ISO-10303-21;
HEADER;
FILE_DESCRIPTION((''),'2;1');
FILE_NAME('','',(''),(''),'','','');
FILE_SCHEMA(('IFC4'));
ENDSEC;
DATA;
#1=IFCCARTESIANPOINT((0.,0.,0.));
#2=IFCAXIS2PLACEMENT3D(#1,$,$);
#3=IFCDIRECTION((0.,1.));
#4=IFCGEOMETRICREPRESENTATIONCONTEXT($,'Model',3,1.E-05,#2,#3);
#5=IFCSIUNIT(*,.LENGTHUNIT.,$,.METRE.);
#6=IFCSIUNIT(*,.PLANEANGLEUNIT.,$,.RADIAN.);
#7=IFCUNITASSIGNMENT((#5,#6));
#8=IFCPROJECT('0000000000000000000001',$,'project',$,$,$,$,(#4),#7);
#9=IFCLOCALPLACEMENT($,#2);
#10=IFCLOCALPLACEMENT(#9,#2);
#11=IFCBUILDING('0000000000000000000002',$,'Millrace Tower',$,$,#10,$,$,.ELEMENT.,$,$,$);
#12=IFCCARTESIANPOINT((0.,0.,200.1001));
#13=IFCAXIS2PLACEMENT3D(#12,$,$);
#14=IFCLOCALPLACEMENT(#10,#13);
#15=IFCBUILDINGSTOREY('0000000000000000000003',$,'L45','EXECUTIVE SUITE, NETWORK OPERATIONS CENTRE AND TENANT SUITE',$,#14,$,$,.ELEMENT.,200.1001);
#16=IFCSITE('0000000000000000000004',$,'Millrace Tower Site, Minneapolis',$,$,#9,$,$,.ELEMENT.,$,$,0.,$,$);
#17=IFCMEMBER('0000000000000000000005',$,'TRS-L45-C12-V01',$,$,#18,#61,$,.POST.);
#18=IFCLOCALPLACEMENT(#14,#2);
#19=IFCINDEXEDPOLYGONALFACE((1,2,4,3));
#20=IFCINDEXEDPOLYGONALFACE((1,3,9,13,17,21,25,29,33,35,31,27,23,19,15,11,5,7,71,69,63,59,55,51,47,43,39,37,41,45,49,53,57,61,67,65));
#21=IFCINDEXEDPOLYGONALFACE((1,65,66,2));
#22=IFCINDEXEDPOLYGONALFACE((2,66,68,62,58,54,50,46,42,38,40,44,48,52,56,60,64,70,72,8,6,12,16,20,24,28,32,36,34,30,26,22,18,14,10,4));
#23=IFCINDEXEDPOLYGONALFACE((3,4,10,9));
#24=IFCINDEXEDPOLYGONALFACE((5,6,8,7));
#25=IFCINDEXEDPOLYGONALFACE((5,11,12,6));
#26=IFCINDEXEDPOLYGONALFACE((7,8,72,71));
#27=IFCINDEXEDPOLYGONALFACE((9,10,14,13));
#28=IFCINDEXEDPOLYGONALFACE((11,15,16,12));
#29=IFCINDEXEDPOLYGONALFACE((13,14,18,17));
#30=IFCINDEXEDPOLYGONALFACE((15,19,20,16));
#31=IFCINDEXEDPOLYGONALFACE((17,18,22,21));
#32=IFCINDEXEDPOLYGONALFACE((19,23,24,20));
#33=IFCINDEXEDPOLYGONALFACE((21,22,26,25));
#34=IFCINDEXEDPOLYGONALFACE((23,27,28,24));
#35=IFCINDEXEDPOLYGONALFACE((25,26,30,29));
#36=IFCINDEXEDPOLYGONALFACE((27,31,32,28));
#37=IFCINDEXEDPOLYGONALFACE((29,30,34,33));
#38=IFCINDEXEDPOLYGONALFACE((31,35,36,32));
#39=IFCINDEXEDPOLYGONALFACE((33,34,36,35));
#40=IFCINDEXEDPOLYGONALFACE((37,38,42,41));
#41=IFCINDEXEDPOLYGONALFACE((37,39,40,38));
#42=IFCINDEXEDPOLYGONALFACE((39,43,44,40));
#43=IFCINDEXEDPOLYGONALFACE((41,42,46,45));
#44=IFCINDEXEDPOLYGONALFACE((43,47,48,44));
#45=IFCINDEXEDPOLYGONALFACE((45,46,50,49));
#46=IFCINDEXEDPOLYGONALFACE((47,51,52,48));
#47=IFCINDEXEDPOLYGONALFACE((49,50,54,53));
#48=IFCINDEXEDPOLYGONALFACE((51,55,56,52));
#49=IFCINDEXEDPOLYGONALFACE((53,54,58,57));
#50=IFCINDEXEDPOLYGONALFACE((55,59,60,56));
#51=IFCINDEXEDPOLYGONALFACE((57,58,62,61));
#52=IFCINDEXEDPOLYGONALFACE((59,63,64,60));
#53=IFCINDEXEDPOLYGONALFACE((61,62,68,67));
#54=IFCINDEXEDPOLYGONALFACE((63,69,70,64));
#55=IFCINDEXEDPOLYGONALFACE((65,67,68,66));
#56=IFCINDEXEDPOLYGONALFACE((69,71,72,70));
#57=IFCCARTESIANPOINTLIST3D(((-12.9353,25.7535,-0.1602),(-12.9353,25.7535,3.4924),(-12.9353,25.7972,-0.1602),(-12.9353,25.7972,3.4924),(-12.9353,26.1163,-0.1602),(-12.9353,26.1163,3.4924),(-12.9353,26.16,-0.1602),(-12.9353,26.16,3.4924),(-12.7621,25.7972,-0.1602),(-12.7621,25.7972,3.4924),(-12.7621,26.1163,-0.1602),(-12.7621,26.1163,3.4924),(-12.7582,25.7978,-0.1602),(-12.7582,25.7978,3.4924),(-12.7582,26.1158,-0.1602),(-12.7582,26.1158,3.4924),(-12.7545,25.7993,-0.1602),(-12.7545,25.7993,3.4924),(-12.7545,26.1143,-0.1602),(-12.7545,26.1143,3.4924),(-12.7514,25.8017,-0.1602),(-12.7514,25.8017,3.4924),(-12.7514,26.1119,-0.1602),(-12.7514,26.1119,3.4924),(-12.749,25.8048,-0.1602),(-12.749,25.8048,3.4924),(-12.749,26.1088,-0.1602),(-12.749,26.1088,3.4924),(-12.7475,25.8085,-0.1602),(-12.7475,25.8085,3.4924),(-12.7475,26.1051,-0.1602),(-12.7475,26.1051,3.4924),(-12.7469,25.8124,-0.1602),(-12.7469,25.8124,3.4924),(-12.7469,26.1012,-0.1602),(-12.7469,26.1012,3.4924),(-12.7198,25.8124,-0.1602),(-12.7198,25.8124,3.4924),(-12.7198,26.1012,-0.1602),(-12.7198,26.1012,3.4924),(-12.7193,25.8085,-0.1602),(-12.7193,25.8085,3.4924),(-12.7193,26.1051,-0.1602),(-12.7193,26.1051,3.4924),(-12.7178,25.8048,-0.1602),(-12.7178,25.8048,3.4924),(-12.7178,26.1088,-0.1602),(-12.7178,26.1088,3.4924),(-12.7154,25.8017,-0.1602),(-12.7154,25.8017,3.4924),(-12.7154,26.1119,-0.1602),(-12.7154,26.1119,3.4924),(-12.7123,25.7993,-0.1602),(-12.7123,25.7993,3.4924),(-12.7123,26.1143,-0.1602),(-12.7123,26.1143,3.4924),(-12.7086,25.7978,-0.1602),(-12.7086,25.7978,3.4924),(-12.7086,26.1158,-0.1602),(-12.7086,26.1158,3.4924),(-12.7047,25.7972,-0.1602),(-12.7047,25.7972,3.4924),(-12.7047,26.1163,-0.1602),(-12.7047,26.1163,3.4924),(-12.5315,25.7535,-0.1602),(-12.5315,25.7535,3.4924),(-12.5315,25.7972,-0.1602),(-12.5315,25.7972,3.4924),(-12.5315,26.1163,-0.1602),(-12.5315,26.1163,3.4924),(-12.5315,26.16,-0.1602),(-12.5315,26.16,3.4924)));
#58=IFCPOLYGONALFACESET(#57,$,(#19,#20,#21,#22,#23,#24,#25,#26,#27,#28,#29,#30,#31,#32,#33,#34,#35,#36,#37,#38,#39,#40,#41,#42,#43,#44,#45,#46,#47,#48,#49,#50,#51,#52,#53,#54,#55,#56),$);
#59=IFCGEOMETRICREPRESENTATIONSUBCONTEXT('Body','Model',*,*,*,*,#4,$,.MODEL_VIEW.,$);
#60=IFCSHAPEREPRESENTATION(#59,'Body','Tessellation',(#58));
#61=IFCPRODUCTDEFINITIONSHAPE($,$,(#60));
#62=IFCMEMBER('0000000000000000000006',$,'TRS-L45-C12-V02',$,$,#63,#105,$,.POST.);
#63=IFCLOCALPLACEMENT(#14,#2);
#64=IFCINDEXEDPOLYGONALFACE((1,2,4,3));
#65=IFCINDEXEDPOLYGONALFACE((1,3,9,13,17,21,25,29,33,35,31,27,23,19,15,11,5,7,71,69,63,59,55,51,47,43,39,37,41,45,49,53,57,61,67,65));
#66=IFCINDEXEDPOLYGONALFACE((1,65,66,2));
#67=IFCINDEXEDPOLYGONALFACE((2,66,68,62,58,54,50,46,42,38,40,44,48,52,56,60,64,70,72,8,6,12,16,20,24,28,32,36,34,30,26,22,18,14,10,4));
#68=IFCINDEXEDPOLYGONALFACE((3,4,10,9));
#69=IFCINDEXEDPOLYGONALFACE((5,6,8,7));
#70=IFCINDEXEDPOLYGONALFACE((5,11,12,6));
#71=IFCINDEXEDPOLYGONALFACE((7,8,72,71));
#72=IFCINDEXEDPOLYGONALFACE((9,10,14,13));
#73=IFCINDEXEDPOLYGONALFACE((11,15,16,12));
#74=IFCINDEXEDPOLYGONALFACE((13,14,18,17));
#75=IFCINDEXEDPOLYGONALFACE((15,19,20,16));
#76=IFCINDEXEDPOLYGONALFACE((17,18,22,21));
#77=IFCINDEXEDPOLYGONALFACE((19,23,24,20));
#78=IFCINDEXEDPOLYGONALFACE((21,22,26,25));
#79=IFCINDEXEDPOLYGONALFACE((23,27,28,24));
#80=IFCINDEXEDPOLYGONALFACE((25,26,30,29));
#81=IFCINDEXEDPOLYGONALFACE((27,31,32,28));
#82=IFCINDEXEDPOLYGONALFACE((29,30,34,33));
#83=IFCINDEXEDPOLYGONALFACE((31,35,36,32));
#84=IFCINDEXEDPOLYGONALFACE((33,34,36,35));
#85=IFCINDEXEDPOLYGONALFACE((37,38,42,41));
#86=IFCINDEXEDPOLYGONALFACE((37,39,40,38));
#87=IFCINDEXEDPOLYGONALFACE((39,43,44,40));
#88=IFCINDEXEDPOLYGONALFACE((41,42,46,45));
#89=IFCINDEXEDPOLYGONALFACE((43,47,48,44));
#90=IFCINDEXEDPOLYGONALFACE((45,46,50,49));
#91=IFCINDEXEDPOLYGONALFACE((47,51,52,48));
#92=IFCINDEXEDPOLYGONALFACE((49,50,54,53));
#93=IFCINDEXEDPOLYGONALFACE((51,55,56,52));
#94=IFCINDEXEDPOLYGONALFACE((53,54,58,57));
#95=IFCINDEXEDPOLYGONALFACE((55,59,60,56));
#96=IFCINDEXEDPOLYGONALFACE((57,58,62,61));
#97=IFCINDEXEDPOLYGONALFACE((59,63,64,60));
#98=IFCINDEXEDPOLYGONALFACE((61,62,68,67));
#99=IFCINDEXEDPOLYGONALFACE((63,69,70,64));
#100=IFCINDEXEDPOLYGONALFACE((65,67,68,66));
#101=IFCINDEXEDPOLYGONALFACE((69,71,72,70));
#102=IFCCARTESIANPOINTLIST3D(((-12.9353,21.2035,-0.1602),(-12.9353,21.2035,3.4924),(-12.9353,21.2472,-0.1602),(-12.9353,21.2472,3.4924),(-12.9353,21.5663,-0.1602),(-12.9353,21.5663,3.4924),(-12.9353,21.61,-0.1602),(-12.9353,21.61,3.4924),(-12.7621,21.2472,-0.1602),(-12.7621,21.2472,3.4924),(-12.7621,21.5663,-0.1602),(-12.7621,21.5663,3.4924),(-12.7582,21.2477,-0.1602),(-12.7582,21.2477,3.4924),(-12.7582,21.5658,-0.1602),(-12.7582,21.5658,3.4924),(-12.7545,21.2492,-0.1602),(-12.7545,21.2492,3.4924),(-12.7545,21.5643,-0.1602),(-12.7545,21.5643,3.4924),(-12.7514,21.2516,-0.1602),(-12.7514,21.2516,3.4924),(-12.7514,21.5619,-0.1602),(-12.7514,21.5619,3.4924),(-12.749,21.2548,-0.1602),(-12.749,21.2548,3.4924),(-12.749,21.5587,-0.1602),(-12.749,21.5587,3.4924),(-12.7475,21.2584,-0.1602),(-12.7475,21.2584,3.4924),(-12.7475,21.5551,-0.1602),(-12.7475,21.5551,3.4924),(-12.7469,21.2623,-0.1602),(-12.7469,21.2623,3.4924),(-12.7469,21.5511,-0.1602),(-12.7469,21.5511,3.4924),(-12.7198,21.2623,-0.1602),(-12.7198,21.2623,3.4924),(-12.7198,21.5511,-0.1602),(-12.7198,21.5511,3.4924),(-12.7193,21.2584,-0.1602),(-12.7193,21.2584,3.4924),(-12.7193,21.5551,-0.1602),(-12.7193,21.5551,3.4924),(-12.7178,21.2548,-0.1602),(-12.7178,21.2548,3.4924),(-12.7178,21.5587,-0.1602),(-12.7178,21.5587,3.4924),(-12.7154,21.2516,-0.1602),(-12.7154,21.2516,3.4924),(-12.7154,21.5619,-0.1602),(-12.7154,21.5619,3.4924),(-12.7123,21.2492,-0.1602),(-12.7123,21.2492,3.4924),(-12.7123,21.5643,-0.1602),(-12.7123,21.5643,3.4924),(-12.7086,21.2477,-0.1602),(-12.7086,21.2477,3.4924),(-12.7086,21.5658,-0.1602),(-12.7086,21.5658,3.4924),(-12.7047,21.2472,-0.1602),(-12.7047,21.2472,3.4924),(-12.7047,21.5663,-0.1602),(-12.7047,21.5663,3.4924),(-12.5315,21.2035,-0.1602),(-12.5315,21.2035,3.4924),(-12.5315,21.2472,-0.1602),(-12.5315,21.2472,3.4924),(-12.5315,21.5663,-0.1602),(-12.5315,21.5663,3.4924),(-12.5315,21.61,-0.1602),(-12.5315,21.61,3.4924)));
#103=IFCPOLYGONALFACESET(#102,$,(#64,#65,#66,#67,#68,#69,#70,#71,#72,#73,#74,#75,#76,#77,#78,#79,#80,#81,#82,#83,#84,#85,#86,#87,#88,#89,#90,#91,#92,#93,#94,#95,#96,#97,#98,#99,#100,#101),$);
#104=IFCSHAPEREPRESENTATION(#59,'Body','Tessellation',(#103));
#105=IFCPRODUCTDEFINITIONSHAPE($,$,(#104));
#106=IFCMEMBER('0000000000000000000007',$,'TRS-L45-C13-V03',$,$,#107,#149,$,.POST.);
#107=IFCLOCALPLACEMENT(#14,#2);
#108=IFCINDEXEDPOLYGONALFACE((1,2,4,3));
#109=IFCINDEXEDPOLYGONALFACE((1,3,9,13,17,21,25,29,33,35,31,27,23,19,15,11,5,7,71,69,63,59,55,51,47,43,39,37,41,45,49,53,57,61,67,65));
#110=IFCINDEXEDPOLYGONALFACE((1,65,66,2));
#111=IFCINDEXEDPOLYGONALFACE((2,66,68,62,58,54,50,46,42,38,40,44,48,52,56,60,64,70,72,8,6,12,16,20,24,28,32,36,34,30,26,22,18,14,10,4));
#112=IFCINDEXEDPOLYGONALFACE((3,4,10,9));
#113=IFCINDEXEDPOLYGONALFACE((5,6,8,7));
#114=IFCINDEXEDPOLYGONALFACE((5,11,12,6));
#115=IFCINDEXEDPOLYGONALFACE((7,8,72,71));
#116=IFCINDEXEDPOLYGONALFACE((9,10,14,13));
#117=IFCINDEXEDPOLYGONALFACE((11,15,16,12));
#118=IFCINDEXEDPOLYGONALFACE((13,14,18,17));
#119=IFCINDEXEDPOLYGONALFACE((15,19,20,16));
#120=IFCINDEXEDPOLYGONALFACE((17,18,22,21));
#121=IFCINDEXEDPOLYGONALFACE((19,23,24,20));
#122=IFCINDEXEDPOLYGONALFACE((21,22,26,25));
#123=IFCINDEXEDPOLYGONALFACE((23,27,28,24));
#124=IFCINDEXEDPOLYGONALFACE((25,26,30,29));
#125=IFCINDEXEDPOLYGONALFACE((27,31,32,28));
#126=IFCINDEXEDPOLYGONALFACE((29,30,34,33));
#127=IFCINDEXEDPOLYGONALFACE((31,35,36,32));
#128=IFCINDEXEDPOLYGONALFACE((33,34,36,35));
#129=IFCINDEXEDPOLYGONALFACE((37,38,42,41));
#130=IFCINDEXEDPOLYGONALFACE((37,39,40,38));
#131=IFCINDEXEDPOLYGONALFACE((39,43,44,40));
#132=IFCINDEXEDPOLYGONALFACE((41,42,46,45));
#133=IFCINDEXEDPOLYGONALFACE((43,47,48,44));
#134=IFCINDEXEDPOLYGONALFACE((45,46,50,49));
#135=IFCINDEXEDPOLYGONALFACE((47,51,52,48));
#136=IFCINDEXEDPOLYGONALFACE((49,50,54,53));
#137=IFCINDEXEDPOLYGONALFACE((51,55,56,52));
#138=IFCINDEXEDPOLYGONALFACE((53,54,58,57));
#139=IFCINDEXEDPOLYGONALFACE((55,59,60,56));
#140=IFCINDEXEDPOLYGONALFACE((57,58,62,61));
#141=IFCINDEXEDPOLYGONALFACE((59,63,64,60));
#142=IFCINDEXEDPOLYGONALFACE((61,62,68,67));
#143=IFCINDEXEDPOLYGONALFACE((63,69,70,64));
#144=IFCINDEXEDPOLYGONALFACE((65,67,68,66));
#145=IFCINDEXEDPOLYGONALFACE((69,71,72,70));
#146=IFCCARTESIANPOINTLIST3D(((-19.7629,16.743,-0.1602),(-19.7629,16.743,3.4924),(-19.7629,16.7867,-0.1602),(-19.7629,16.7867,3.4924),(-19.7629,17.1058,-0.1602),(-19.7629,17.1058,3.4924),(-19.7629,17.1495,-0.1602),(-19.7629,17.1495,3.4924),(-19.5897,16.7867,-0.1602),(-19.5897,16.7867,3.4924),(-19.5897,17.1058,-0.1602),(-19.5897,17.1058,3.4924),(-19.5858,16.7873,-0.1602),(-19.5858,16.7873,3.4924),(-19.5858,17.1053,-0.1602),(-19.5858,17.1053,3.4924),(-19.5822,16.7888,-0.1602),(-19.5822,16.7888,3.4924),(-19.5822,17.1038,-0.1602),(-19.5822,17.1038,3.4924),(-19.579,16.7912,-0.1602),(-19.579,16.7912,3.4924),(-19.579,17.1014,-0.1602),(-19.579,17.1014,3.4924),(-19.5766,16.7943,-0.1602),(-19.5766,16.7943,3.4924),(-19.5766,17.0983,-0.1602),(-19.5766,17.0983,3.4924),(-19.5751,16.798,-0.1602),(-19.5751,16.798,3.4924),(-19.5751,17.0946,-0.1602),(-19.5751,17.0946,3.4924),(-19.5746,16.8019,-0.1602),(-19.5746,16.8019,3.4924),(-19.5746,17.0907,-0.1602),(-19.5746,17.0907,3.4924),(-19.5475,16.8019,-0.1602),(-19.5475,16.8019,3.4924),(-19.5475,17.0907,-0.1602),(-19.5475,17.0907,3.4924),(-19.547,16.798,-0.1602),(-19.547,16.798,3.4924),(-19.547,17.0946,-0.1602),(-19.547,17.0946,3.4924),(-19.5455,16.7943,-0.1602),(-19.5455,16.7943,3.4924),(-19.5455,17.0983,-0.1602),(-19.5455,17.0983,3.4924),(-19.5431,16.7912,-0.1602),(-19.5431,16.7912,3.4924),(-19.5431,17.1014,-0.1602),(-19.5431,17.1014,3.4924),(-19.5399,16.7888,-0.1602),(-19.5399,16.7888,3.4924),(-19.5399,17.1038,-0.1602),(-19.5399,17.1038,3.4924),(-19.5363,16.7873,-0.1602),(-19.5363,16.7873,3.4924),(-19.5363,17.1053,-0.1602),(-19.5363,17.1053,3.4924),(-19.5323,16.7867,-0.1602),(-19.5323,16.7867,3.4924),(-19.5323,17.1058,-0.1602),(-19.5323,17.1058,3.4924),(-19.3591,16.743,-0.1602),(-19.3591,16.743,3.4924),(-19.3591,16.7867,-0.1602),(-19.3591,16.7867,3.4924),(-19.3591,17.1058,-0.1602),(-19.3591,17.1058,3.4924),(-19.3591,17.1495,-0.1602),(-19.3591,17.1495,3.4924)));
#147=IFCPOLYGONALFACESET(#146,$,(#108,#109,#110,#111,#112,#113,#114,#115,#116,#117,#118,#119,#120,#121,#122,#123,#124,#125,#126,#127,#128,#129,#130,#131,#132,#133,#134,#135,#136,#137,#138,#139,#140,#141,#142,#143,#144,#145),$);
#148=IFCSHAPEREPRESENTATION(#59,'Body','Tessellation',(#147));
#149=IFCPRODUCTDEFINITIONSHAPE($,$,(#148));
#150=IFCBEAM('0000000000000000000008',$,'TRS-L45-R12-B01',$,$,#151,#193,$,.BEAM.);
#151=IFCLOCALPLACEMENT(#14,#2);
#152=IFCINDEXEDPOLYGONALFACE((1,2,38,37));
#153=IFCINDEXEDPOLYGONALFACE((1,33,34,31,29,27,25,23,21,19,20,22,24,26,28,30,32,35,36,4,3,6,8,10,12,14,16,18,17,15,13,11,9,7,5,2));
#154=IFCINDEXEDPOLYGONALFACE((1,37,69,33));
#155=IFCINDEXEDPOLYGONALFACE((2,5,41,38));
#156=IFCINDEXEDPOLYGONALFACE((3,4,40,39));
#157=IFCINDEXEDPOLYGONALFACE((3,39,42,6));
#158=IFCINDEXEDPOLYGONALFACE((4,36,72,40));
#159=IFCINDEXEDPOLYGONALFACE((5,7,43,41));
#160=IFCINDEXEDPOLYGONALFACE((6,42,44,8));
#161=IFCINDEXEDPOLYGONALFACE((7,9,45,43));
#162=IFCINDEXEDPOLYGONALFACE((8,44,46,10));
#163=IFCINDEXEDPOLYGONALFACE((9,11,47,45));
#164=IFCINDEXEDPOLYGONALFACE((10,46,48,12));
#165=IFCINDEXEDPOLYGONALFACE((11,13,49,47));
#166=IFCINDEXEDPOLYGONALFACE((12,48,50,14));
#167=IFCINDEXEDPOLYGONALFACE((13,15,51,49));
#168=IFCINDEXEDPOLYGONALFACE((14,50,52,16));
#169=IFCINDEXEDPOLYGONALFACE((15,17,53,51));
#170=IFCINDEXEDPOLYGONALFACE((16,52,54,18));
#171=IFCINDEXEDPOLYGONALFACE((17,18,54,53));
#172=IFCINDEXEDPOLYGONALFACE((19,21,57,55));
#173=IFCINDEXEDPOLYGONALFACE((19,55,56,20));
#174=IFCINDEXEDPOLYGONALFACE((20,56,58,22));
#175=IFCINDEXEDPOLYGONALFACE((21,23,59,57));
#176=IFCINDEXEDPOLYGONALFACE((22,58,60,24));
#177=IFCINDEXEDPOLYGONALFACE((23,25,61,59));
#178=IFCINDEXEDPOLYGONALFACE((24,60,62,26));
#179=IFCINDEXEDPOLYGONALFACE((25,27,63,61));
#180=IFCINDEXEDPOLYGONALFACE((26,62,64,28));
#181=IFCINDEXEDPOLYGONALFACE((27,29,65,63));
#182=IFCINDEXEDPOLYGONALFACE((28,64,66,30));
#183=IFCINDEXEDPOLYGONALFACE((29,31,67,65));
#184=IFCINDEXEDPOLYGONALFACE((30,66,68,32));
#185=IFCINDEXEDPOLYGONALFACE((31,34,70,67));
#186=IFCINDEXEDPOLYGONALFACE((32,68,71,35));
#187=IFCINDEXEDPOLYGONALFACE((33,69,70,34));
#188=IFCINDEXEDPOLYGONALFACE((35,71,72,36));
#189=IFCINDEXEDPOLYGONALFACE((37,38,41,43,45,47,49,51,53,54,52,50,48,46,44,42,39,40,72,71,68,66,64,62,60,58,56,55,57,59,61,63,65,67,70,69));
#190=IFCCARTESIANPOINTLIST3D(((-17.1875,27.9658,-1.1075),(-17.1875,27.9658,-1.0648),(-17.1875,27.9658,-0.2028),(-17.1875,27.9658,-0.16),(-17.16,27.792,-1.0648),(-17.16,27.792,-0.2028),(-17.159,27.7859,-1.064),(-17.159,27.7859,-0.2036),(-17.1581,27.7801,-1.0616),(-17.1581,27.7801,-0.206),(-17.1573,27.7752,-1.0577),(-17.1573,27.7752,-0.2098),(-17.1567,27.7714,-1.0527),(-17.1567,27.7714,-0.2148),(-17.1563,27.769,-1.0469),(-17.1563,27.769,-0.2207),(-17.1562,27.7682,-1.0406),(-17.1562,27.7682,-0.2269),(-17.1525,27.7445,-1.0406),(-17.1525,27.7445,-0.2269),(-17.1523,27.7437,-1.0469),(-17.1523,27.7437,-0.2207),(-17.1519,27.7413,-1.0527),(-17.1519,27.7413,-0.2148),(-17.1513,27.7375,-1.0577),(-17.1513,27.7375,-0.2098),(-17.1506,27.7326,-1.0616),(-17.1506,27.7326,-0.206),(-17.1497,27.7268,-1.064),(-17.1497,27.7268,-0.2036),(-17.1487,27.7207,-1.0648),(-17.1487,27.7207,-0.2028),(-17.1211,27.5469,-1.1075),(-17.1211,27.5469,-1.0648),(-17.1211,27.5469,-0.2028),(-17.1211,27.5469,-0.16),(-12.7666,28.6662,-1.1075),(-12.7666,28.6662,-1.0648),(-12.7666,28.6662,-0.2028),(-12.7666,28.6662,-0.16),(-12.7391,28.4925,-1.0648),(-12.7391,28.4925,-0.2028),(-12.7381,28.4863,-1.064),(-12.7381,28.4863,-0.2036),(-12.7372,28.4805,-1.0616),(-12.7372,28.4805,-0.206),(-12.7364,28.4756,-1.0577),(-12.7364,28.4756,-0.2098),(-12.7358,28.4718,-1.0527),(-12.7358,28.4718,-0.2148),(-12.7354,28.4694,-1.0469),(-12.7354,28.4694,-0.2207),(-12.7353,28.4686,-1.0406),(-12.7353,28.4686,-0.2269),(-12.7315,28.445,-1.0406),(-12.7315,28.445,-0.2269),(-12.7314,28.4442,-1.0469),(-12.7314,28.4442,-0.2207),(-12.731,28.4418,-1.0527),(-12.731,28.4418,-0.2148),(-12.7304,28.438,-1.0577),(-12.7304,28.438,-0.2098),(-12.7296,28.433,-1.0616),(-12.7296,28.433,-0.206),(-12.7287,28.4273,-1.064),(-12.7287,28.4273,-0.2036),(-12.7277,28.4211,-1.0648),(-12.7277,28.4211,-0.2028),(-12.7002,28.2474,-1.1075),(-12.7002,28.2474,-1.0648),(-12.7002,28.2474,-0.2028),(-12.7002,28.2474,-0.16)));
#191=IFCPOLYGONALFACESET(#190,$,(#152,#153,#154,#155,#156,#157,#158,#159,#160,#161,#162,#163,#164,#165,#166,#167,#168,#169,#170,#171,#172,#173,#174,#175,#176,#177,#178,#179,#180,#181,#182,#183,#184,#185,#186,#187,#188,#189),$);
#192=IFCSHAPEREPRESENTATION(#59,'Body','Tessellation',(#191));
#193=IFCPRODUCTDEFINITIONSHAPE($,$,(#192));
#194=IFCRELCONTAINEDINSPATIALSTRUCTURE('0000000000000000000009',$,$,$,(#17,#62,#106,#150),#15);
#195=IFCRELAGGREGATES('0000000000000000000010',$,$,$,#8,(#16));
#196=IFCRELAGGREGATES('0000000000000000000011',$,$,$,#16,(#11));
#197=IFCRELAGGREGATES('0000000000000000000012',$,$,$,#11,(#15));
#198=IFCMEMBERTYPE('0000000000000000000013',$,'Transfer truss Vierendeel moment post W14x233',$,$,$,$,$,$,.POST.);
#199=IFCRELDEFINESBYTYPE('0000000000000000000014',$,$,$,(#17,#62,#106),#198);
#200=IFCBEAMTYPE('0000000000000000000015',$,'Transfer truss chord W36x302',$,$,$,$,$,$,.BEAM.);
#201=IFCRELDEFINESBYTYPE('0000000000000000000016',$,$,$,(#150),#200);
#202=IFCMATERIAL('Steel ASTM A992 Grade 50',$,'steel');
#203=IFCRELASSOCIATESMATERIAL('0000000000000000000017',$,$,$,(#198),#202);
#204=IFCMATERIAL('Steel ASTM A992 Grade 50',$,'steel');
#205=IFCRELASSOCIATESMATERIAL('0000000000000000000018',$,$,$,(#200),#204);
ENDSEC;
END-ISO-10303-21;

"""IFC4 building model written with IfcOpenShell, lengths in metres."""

from ifc_helpers import new_model, si_unit, direction, frame, origin, origin_2d, place, context, subcontext, project, spatial, i_section, extrude, material, material_profile, profile_set, type_object, element, save


model = new_model("IFC4")

# Units and contexts
model_context = context("Model", 3, precision=1e-05, world=origin(), true_north=direction((0.0, 1.0)))
body_context = subcontext(model_context, "Body", "Model", "MODEL_VIEW")
ifc_project = project(units=[si_unit("LENGTHUNIT", "METRE"), si_unit("PLANEANGLEUNIT", "RADIAN")], contexts=[model_context])

# Site, building, storey
site_placement = place(None, origin())
site = spatial("IfcSite", under=ifc_project, at=site_placement, Name="Millrace Tower Site, Minneapolis", CompositionType="ELEMENT", RefElevation=0.0)
building_placement = place(site_placement, origin())
building = spatial("IfcBuilding", under=site, at=building_placement, Name="Millrace Tower", CompositionType="ELEMENT")
storey_placement = place(building_placement, frame((0.0, 0.0, 200.1001)))
storey = spatial("IfcBuildingStorey", under=building, at=storey_placement, Name="L45", Description="EXECUTIVE SUITE, NETWORK OPERATIONS CENTRE AND TENANT SUITE", CompositionType="ELEMENT", Elevation=200.1001)

# Members
ifc_material_1 = material(Name="Steel ASTM A992 Grade 50", Category="steel")
ifc_material_profile_1 = material_profile(ifc_material_1, i_section(OverallWidth=0.4038, OverallDepth=0.4065, WebThickness=0.0271, FlangeThickness=0.0437, FilletRadius=0.0151, at=origin_2d()))
ifc_profile_set_1 = profile_set([ifc_material_profile_1], Name="Steel ASTM A992 Grade 50")
member_type_1 = type_object("IfcMemberType", Name="Transfer truss Vierendeel moment post W14x233", PredefinedType="POST", material=ifc_profile_set_1)
for number, where, z_axis, x_axis, name in (
    (1, (-12.7334, 25.9568, -0.1602), (0.0, 0.0, 1.0), (1.0, 0.0, 0.0), "TRS-L45-C12-V01"),
    (2, (-12.7334, 21.4067, -0.1602), (0.0, 0.0, 1.0), (1.0, 0.0, 0.0), "TRS-L45-C12-V02"),
    (3, (-19.561, 16.9463, -0.1602), (0.0, 0.0, 1.0), (1.0, 0.0, 0.0), "TRS-L45-C13-V03"),
):
    element("IfcMember", number, at=place(storey_placement, frame(where, z_axis=z_axis, x_axis=x_axis)), inside=storey, type_object=member_type_1, Name=name, PredefinedType="POST", context=body_context, shape_type="SweptSolid", body=[
        extrude(i_section(OverallWidth=0.4038, OverallDepth=0.4065, WebThickness=0.0271, FlangeThickness=0.0437, FilletRadius=0.0151, at=origin_2d()), origin(), (0.0, 0.0, 1.0), 3.6526),
    ])

# Beam
ifc_material_2 = material(Name="Steel ASTM A992 Grade 50", Category="steel")
ifc_material_profile_2 = material_profile(ifc_material_2, i_section(OverallWidth=0.4241, OverallDepth=0.9475, WebThickness=0.0239, FlangeThickness=0.0427, FilletRadius=0.0242, at=origin_2d()))
ifc_profile_set_2 = profile_set([ifc_material_profile_2], Name="Steel ASTM A992 Grade 50")
beam_type_1 = type_object("IfcBeamType", Name="Transfer truss chord W36x302", PredefinedType="BEAM", material=ifc_profile_set_2)
for number, where, z_axis, x_axis, name in (
    (4, (-12.7334, 28.4568, -0.6338), (-0.98768, -0.156486, 0.0), (0.156486, -0.98768, 0.0), "TRS-L45-R12-B01"),
):
    element("IfcBeam", number, at=place(storey_placement, frame(where, z_axis=z_axis, x_axis=x_axis)), inside=storey, type_object=beam_type_1, Name=name, PredefinedType="BEAM", context=body_context, shape_type="SweptSolid", body=[
        extrude(i_section(OverallWidth=0.4241, OverallDepth=0.9475, WebThickness=0.0239, FlangeThickness=0.0427, FilletRadius=0.0242, at=origin_2d()), origin(), (0.0, 0.0, 1.0), 4.4761),
    ])

save(model, "model.ifc")
